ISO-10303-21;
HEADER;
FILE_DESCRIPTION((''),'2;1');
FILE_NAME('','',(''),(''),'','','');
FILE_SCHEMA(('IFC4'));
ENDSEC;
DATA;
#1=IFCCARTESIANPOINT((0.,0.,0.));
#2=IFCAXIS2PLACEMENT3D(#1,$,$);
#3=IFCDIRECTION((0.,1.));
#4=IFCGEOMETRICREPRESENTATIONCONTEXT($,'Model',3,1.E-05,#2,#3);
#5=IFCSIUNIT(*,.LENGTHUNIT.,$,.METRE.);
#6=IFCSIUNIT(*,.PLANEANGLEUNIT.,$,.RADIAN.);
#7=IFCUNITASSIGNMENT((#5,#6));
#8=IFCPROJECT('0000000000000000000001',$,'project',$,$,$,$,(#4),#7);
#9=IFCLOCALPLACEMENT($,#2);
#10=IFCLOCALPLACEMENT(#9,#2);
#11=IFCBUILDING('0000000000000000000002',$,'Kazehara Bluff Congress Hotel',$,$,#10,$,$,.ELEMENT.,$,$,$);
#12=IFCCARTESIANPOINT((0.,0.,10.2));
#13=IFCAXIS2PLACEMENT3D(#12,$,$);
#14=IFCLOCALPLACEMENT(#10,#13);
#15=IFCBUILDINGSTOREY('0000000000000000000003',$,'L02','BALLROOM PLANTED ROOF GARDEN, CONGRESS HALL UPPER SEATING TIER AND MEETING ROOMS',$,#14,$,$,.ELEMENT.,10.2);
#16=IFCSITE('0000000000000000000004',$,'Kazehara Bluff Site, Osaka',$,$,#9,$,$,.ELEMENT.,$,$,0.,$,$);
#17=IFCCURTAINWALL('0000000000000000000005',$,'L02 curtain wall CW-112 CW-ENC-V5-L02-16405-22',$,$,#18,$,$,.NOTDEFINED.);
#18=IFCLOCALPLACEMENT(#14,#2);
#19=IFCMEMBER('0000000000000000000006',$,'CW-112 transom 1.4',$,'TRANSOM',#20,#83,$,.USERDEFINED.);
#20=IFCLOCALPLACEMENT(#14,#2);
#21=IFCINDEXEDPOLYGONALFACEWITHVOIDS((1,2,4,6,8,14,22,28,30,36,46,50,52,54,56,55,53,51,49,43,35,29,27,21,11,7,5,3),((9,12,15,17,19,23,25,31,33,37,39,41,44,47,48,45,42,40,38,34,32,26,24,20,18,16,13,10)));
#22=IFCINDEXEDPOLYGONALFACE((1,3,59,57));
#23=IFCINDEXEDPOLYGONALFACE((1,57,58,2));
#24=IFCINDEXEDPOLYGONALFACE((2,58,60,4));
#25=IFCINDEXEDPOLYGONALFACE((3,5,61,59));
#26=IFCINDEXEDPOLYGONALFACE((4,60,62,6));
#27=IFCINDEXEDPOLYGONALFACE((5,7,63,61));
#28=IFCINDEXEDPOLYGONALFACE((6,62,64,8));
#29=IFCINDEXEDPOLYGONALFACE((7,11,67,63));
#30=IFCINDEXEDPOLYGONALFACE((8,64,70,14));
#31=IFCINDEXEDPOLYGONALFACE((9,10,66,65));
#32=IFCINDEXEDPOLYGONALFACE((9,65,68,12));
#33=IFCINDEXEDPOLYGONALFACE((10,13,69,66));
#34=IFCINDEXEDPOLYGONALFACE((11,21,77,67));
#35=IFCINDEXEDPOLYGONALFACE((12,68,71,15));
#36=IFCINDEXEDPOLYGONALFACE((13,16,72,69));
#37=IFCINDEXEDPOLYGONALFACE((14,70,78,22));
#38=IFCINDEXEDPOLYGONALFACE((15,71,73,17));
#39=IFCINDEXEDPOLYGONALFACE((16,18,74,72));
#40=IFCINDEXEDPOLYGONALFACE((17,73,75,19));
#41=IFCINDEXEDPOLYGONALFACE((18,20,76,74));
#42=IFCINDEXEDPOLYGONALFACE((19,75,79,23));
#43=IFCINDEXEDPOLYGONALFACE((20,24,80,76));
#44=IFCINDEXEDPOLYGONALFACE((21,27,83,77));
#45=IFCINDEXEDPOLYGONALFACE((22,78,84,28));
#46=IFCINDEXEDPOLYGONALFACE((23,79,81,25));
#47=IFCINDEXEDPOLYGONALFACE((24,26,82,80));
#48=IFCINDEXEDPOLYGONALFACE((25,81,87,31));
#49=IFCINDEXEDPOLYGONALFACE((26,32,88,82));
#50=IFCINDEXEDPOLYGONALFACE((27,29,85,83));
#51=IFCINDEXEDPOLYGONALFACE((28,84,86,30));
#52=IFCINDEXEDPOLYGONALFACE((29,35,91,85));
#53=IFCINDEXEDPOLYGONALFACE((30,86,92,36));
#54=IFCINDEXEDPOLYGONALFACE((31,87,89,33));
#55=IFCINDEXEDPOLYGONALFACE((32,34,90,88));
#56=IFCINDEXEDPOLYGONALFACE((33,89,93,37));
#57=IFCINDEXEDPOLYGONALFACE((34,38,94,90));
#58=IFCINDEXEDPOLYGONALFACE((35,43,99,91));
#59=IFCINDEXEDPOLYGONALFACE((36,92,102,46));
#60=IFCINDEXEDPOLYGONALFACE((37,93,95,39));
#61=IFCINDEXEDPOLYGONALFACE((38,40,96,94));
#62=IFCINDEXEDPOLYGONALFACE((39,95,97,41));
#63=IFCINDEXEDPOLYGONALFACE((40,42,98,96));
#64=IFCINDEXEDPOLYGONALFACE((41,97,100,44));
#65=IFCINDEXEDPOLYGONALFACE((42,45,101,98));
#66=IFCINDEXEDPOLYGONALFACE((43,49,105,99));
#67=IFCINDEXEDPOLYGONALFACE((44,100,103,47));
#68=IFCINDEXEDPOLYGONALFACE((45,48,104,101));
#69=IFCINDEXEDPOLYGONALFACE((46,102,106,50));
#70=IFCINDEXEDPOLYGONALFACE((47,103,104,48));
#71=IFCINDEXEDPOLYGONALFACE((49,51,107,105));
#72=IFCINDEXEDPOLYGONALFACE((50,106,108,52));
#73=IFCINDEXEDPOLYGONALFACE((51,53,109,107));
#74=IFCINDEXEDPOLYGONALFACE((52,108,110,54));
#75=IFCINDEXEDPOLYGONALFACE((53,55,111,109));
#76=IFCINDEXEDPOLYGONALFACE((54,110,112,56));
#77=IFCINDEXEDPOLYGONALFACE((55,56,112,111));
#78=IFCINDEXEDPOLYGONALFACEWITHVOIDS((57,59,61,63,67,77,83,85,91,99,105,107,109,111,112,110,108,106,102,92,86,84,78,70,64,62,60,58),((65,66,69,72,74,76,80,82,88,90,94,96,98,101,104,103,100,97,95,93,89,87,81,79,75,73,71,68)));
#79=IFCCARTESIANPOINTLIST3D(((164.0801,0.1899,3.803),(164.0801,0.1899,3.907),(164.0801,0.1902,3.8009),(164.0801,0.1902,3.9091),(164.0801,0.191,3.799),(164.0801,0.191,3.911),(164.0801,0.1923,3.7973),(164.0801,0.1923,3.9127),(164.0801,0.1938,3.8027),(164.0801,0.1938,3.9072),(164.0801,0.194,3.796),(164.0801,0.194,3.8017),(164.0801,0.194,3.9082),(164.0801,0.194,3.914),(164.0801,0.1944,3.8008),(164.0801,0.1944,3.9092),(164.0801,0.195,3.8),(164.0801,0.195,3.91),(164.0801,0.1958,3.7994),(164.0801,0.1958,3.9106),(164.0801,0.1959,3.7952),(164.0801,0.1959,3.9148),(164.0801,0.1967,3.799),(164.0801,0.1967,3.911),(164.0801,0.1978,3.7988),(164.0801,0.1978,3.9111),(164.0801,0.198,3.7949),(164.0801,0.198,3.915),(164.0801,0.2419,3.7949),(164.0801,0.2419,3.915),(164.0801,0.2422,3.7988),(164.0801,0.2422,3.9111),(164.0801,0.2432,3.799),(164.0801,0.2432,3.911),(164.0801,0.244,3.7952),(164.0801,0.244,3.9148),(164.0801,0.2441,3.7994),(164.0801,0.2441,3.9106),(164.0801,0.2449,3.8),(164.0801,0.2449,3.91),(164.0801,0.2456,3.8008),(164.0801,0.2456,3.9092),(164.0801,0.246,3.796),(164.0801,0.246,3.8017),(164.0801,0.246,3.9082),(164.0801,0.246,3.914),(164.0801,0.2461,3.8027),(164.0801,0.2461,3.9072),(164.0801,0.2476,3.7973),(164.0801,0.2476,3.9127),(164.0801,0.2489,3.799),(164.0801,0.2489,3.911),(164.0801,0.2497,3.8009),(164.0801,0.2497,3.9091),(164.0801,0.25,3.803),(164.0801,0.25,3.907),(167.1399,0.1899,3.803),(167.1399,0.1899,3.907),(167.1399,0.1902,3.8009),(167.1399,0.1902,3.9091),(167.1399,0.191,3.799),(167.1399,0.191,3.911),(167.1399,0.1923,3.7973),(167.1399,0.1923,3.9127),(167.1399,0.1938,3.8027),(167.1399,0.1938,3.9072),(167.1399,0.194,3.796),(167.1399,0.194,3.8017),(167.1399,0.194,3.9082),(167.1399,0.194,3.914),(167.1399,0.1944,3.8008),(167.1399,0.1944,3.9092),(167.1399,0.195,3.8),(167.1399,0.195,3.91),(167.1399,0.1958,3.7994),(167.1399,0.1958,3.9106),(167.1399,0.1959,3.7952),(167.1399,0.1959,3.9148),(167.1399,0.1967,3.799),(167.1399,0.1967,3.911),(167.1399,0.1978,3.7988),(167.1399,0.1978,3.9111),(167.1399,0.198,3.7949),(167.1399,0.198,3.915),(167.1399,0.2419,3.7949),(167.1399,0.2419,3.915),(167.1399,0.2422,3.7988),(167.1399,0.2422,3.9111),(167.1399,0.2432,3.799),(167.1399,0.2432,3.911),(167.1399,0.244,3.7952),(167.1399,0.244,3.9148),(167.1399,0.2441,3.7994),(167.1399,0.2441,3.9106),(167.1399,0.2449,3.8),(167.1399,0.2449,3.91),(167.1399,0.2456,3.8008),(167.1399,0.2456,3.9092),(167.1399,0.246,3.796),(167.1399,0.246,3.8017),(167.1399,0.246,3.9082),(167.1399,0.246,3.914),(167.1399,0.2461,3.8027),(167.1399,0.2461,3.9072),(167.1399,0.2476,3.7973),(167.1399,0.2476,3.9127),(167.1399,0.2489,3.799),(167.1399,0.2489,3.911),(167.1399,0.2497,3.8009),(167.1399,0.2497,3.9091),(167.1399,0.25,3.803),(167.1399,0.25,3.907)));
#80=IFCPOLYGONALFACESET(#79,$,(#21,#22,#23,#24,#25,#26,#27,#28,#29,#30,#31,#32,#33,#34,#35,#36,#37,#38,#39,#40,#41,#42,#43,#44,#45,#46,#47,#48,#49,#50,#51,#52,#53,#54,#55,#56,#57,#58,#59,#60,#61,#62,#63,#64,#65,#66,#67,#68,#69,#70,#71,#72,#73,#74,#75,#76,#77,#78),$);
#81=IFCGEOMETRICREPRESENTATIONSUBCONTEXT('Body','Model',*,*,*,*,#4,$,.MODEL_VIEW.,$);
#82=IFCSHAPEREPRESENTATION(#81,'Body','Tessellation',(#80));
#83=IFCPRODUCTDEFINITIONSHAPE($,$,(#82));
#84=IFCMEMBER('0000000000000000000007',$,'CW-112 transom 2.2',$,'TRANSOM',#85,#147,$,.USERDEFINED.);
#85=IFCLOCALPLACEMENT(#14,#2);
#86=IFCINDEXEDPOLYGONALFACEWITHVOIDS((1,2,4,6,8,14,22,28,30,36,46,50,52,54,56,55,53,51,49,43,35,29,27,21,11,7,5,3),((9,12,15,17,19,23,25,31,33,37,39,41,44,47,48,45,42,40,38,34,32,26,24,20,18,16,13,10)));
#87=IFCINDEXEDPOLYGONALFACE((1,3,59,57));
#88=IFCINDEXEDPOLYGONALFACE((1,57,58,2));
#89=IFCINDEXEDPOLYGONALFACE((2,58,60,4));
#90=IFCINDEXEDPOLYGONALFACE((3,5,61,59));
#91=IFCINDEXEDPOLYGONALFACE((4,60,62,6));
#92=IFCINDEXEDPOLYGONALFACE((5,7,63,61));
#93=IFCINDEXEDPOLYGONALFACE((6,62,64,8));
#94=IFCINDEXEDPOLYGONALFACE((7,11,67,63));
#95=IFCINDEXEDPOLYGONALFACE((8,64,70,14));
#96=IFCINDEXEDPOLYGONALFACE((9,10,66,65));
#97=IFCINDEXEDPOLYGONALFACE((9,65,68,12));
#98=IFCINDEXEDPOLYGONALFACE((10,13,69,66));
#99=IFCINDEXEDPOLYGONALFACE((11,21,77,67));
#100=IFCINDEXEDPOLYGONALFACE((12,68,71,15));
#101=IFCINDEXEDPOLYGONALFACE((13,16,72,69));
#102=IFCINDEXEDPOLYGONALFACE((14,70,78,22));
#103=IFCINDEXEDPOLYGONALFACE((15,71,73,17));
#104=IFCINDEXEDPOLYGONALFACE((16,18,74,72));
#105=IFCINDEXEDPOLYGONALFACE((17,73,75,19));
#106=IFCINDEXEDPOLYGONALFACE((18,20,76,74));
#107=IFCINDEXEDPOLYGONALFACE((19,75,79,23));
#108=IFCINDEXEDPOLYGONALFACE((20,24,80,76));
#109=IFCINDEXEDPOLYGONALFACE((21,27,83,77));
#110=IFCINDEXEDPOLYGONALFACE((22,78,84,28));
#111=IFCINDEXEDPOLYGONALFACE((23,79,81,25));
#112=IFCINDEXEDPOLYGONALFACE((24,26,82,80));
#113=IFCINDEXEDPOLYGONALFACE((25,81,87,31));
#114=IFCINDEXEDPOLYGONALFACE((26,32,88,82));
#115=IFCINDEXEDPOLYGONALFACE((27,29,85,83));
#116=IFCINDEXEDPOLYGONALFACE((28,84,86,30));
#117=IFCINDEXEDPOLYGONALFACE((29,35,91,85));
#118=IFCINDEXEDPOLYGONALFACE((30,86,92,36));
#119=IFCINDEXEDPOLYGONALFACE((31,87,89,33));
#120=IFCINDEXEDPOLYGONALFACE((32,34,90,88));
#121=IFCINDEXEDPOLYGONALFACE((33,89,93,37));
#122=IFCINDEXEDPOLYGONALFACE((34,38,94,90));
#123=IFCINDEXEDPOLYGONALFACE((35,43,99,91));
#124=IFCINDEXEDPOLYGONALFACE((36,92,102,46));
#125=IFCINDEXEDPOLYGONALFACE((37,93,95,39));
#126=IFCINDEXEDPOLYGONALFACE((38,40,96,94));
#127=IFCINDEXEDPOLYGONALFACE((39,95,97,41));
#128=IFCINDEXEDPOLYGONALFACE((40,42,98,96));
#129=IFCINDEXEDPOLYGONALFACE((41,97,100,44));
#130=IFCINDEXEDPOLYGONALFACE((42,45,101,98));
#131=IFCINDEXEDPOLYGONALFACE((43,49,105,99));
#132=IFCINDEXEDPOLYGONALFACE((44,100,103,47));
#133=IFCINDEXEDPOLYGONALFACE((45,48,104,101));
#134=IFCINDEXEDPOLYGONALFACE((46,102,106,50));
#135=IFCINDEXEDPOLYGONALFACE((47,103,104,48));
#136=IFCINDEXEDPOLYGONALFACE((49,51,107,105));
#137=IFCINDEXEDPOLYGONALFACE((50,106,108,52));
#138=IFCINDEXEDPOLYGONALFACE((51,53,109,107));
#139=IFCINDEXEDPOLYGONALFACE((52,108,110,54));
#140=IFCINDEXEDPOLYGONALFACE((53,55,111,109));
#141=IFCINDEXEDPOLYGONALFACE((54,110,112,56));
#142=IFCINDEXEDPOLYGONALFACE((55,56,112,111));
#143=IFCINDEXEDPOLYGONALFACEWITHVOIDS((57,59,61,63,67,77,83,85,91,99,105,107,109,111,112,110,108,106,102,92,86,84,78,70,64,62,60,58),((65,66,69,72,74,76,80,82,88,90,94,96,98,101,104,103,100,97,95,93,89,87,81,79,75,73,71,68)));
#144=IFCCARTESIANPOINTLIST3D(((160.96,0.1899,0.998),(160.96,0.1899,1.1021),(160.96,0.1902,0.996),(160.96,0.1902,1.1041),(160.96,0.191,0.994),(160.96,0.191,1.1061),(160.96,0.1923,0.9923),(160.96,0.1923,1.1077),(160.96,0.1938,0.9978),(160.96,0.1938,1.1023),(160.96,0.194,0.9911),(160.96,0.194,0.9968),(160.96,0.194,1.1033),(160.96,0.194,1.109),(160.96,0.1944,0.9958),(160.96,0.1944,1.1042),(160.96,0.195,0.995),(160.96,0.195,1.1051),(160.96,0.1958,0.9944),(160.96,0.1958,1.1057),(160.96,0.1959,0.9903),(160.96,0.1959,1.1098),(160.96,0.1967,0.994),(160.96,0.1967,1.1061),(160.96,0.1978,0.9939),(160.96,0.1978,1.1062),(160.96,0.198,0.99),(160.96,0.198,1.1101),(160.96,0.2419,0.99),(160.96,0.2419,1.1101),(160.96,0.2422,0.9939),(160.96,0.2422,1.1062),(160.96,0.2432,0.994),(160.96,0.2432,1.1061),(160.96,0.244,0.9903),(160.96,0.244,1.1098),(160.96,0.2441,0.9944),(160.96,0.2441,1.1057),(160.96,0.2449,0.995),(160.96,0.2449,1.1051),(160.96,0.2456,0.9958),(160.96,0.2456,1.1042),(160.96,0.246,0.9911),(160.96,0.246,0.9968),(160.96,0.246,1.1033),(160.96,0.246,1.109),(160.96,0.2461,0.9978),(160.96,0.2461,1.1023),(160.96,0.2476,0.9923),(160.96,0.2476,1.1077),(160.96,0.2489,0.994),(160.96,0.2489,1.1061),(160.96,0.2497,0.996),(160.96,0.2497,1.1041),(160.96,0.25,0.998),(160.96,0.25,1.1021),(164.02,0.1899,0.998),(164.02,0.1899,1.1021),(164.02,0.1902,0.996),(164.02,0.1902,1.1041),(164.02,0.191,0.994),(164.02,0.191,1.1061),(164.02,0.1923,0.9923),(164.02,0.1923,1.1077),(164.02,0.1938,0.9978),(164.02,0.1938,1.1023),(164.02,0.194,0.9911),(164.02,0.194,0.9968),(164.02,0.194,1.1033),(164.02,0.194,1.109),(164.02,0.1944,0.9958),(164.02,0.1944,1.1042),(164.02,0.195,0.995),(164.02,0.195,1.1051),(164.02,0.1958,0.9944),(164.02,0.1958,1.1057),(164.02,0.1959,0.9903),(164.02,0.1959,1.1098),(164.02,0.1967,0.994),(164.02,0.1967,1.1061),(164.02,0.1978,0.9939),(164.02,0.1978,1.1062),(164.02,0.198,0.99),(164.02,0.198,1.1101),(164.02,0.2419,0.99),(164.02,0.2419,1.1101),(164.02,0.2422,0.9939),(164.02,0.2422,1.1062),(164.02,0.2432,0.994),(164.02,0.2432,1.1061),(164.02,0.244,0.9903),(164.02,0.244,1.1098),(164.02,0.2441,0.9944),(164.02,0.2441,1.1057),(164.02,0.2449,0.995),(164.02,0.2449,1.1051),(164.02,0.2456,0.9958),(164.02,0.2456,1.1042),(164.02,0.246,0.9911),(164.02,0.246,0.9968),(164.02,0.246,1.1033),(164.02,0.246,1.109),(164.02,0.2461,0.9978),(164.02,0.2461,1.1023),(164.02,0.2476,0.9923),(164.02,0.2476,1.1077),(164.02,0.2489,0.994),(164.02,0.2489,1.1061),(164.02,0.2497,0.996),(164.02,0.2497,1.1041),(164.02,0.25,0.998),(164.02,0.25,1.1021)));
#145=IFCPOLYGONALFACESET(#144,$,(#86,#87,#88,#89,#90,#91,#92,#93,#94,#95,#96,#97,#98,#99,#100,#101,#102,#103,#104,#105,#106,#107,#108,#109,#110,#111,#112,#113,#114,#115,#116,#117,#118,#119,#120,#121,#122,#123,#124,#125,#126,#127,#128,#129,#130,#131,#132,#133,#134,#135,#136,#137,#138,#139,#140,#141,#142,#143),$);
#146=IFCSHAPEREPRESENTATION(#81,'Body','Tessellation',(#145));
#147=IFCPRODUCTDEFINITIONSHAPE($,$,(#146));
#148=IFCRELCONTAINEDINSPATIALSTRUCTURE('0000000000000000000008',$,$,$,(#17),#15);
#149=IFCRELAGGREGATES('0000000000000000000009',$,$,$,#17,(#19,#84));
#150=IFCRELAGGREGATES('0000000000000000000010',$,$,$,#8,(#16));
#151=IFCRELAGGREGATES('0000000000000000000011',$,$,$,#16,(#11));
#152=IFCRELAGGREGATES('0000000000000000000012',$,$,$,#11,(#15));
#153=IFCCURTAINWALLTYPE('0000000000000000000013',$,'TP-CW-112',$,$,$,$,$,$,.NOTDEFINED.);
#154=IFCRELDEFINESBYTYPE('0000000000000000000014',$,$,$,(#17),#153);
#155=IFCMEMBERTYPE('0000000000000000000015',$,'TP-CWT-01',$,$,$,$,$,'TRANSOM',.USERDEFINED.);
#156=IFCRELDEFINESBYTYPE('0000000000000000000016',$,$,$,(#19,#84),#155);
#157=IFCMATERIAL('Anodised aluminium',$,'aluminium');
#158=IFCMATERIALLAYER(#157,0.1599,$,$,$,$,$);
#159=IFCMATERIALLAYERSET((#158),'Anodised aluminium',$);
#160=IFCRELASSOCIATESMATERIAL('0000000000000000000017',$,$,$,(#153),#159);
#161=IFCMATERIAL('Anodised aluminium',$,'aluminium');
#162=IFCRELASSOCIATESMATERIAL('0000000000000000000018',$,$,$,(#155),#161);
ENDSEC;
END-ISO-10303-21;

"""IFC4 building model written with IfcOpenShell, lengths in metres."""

from ifc_helpers import new_model, si_unit, direction, frame, origin, origin_2d, place, context, subcontext, project, spatial, hollow_rectangle, extrude, material, layer, layer_set, material_profile, profile_set, type_object, element, aggregate, save


model = new_model("IFC4")

# Units and contexts
model_context = context("Model", 3, precision=1e-05, world=origin(), true_north=direction((0.0, 1.0)))
body_context = subcontext(model_context, "Body", "Model", "MODEL_VIEW")
ifc_project = project(units=[si_unit("LENGTHUNIT", "METRE"), si_unit("PLANEANGLEUNIT", "RADIAN")], contexts=[model_context])

# Site, building, storey
site_placement = place(None, origin())
site = spatial("IfcSite", under=ifc_project, at=site_placement, Name="Kazehara Bluff Site, Osaka", CompositionType="ELEMENT", RefElevation=0.0)
building_placement = place(site_placement, origin())
building = spatial("IfcBuilding", under=site, at=building_placement, Name="Kazehara Bluff Congress Hotel", CompositionType="ELEMENT")
storey_placement = place(building_placement, frame((0.0, 0.0, 10.2)))
storey = spatial("IfcBuildingStorey", under=building, at=storey_placement, Name="L02", Description="BALLROOM PLANTED ROOF GARDEN, CONGRESS HALL UPPER SEATING TIER AND MEETING ROOMS", CompositionType="ELEMENT", Elevation=10.2)

# Curtain wall
ifc_material_1 = material(Name="Anodised aluminium", Category="aluminium")
ifc_layer_1 = layer(ifc_material_1, 0.1599)
ifc_layer_set_1 = layer_set([ifc_layer_1], Name="Anodised aluminium")
curtain_wall_type_1 = type_object("IfcCurtainWallType", Name="TP-CW-112", PredefinedType="NOTDEFINED", material=ifc_layer_set_1)
curtain_wall_1_placement = place(storey_placement, origin())
curtain_wall_1 = element("IfcCurtainWall", 1, at=curtain_wall_1_placement, inside=storey, type_object=curtain_wall_type_1, Name="L02 curtain wall CW-112 CW-ENC-V5-L02-16405-22", PredefinedType="NOTDEFINED")

# Members
ifc_material_2 = material(Name="Anodised aluminium", Category="aluminium")
ifc_material_profile_1 = material_profile(ifc_material_2, hollow_rectangle(XDim=0.0601, YDim=0.1201, WallThickness=0.0039, InnerFilletRadius=0.0039, OuterFilletRadius=0.0081, at=origin_2d()))
ifc_profile_set_1 = profile_set([ifc_material_profile_1], Name="Anodised aluminium")
member_type_1 = type_object("IfcMemberType", Name="TP-CWT-01", ElementType="TRANSOM", PredefinedType="USERDEFINED", material=ifc_profile_set_1)
member_1_placement = place(storey_placement, frame((167.1399, 0.22, 3.855), z_axis=(-1.0, 0.0, 0.0), x_axis=(0.0, -1.0, 0.0)))
member_1 = element("IfcMember", 2, at=member_1_placement, type_object=member_type_1, Name="CW-112 transom 1.4", ObjectType="TRANSOM", PredefinedType="USERDEFINED", context=body_context, shape_type="SweptSolid", body=[
    extrude(hollow_rectangle(XDim=0.0601, YDim=0.1201, WallThickness=0.0039, InnerFilletRadius=0.0039, OuterFilletRadius=0.0081, at=origin_2d()), origin(), (0.0, 0.0, 1.0), 3.0598),
])
member_2_placement = place(storey_placement, frame((164.02, 0.22, 1.05), z_axis=(-1.0, 0.0, 0.0), x_axis=(0.0, -1.0, 0.0)))
member_2 = element("IfcMember", 3, at=member_2_placement, type_object=member_type_1, Name="CW-112 transom 2.2", ObjectType="TRANSOM", PredefinedType="USERDEFINED", context=body_context, shape_type="SweptSolid", body=[
    extrude(hollow_rectangle(XDim=0.0601, YDim=0.1201, WallThickness=0.0039, InnerFilletRadius=0.0039, OuterFilletRadius=0.0081, at=origin_2d()), origin(), (0.0, 0.0, 1.0), 3.0601),
])

aggregate(curtain_wall_1, [member_1, member_2])

save(model, "model.ifc")
